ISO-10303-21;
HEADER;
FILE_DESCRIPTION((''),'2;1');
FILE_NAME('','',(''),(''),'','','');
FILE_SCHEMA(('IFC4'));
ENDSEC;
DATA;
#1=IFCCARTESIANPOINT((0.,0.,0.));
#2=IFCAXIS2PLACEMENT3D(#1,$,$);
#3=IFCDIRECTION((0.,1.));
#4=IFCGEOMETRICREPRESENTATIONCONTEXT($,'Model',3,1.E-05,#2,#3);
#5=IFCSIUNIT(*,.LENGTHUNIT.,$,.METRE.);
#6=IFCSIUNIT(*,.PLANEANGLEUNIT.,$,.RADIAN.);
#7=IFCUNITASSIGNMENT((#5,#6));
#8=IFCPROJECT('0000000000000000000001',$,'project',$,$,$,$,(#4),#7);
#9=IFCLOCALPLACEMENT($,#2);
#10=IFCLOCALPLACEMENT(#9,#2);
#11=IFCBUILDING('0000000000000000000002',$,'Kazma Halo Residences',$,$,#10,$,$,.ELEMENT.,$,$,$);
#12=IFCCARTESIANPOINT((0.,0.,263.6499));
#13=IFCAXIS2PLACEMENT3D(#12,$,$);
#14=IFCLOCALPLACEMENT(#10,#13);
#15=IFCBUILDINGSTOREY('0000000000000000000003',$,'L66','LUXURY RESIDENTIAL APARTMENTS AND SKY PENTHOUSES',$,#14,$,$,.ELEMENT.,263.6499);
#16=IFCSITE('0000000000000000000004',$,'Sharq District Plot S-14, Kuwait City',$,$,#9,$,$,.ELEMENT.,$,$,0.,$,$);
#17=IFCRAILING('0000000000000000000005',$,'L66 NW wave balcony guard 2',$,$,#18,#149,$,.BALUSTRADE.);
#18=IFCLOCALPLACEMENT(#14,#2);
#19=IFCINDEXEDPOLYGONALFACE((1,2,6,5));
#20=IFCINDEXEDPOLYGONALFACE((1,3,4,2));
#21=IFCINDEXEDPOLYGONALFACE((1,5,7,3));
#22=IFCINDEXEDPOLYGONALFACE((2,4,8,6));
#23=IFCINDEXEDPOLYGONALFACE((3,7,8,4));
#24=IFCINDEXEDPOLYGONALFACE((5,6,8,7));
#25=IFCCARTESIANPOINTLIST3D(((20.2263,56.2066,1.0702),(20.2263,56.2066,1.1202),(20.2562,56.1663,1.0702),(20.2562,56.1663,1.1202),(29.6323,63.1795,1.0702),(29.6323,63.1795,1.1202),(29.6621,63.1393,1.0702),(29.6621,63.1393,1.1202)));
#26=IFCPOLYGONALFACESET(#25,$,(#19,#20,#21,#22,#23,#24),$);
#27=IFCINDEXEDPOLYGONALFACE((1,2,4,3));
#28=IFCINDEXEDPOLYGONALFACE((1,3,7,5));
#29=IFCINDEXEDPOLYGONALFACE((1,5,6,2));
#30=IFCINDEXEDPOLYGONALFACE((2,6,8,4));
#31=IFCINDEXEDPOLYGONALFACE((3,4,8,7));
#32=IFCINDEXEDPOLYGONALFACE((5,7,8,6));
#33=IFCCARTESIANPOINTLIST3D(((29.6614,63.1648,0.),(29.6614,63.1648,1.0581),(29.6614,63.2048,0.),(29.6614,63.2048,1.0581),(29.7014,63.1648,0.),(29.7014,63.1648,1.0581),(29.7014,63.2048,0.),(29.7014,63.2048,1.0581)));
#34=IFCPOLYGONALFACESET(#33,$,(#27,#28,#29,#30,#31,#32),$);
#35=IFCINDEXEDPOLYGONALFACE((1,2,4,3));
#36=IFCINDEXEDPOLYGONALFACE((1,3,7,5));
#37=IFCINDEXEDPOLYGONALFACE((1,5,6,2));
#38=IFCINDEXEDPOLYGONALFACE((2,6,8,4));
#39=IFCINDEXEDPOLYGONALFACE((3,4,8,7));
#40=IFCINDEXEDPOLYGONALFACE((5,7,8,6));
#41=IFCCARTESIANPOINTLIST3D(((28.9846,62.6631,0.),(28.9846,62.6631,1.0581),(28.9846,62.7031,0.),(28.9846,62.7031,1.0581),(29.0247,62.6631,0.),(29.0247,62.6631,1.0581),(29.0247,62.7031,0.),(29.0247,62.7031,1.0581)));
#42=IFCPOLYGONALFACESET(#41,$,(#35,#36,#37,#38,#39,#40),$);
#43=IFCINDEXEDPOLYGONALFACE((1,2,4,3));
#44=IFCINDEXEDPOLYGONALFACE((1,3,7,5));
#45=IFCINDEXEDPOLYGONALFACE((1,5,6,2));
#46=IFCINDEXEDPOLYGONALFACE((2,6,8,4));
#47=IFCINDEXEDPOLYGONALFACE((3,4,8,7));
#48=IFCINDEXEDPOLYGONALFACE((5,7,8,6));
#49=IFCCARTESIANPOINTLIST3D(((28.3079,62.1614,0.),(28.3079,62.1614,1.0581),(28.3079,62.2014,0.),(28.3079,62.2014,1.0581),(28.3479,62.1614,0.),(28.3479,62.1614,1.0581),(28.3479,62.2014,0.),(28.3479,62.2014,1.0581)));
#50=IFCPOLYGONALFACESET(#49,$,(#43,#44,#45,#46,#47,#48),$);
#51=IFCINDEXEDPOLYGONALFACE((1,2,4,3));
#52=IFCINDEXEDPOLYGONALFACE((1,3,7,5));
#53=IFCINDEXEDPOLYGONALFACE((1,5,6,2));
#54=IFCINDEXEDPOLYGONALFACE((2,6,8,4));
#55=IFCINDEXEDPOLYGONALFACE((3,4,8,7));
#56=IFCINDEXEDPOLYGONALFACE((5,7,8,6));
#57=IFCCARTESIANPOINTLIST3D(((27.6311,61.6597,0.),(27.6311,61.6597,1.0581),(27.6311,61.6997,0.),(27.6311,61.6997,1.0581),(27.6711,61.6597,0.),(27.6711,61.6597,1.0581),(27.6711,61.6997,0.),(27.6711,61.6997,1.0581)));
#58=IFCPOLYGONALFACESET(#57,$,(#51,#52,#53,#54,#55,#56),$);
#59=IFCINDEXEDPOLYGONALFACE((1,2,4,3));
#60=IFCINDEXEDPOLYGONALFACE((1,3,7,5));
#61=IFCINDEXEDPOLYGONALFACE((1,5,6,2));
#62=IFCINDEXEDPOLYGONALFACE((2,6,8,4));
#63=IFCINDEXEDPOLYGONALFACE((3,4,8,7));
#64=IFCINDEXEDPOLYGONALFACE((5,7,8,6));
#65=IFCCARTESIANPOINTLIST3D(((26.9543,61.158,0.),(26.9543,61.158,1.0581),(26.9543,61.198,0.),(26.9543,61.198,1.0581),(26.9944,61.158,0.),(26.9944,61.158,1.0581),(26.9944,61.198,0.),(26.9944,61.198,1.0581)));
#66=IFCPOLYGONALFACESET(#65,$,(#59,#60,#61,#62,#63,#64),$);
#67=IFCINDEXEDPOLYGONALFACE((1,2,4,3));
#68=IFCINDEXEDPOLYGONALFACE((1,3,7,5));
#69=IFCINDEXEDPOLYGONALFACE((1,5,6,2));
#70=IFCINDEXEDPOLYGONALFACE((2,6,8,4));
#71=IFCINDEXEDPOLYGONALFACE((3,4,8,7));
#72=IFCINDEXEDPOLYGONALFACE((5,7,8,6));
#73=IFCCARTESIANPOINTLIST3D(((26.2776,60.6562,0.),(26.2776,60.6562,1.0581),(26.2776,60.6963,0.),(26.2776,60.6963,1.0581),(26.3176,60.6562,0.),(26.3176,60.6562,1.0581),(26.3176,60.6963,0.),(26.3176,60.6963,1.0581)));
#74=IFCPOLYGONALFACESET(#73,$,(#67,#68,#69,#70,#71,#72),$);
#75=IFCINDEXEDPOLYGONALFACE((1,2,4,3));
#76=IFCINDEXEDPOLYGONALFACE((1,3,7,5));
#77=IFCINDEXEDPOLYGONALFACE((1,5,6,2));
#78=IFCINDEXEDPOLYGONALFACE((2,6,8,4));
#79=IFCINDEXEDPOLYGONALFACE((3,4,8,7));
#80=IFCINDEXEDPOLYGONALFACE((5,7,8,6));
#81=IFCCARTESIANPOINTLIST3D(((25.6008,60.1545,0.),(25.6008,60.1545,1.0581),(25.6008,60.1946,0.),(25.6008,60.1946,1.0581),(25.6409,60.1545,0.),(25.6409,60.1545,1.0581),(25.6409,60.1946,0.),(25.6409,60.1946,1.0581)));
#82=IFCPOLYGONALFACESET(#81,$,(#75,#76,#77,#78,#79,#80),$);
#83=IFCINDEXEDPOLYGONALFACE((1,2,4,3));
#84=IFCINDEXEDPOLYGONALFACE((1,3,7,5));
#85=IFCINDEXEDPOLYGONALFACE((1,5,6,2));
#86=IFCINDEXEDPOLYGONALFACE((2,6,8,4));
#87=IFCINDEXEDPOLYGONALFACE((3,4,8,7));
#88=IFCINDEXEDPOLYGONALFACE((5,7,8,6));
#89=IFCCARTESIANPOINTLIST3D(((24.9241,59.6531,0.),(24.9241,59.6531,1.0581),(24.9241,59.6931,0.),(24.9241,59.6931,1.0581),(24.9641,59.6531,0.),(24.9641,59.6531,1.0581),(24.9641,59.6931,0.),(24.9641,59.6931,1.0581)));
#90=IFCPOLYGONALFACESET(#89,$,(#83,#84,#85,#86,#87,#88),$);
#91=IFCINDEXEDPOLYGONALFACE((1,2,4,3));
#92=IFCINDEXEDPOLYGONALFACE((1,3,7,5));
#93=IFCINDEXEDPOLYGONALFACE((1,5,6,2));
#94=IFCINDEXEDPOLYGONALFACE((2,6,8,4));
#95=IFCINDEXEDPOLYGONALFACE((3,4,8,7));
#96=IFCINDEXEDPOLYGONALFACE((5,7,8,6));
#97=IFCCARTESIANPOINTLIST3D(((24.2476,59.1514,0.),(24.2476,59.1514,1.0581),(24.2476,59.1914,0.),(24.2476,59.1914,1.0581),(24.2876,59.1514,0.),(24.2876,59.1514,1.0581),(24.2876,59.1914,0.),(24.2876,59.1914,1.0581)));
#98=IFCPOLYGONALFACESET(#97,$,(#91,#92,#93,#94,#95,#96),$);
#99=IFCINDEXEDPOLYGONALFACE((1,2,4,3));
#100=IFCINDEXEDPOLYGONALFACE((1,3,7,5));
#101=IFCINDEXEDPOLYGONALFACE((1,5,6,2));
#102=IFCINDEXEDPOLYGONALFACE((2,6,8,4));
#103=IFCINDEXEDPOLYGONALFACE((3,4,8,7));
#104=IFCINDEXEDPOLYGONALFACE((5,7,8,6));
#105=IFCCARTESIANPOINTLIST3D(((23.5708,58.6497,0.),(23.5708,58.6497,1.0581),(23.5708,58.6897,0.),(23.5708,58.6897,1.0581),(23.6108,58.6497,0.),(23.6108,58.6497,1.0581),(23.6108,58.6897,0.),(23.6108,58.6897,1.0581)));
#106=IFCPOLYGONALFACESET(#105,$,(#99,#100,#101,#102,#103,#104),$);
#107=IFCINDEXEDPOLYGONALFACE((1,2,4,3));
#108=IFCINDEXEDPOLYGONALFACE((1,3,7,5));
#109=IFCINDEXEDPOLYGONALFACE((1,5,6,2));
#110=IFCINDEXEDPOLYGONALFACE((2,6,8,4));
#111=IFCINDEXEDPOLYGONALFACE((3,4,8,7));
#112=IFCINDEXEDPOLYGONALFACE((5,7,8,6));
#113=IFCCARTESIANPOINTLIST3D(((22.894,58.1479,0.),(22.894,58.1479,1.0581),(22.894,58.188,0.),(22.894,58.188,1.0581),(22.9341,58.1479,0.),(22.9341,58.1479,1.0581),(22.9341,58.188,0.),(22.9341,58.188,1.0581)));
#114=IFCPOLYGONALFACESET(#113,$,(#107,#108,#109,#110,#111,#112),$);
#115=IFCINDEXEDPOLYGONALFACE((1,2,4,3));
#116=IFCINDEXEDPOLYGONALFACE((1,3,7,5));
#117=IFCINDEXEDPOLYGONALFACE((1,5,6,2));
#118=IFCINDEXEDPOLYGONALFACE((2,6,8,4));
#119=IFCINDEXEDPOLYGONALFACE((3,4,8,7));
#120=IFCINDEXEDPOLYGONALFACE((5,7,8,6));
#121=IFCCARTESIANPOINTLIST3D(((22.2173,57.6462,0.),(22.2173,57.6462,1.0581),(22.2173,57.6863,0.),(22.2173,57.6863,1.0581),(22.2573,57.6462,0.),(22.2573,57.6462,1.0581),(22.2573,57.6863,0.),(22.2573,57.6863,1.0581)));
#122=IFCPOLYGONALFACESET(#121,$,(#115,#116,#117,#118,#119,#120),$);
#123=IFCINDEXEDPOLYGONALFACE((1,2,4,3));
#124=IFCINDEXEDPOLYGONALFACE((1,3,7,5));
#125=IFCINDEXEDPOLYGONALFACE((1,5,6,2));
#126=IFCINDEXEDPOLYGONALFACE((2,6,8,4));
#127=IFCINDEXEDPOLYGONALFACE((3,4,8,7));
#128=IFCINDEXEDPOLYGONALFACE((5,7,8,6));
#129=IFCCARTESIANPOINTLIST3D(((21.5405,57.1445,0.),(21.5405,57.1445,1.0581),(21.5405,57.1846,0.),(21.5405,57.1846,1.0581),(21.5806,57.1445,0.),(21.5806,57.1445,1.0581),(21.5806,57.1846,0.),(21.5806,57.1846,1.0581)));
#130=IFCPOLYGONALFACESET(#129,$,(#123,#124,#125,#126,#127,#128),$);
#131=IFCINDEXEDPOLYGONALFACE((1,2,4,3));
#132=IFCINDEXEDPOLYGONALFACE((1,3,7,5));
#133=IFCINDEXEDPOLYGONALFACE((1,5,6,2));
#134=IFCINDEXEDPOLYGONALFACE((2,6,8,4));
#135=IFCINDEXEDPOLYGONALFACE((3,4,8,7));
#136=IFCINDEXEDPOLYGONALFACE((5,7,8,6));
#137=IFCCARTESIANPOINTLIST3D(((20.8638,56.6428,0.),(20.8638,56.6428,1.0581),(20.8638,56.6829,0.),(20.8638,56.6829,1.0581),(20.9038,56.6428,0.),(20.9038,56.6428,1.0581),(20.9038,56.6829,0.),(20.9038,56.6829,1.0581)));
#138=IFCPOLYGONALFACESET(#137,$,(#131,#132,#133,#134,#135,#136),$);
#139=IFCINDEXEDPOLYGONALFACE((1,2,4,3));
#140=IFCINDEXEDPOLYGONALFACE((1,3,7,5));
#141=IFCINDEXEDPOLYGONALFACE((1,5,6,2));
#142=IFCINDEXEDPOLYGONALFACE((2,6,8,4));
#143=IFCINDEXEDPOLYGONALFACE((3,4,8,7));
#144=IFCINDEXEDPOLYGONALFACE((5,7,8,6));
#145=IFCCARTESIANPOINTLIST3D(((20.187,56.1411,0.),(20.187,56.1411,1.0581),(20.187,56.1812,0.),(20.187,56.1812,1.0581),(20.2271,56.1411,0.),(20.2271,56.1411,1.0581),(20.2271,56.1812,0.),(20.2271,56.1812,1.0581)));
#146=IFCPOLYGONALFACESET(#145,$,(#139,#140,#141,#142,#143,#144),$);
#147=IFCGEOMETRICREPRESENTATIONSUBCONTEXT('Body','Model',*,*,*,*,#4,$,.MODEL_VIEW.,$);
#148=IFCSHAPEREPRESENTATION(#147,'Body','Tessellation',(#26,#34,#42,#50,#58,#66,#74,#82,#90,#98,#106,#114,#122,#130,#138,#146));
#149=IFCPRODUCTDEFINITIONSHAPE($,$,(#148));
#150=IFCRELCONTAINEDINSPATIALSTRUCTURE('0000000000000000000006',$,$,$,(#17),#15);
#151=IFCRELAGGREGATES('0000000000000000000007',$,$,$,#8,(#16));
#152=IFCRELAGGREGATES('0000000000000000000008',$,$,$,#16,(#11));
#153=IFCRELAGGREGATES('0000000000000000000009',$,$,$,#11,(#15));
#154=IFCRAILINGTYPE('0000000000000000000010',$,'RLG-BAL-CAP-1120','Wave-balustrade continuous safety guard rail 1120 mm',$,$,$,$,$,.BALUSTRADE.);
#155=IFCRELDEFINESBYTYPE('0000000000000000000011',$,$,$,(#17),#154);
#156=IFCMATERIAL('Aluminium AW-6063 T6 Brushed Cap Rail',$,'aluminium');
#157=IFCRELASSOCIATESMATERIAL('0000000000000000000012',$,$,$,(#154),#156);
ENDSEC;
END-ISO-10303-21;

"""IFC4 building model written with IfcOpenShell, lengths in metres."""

from ifc_helpers import new_model, si_unit, direction, frame, origin, origin_2d, place, context, subcontext, project, spatial, rectangle, extrude, material, type_object, element, save


model = new_model("IFC4")

# Units and contexts
model_context = context("Model", 3, precision=1e-05, world=origin(), true_north=direction((0.0, 1.0)))
body_context = subcontext(model_context, "Body", "Model", "MODEL_VIEW")
ifc_project = project(units=[si_unit("LENGTHUNIT", "METRE"), si_unit("PLANEANGLEUNIT", "RADIAN")], contexts=[model_context])

# Site, building, storey
site_placement = place(None, origin())
site = spatial("IfcSite", under=ifc_project, at=site_placement, Name="Sharq District Plot S-14, Kuwait City", CompositionType="ELEMENT", RefElevation=0.0)
building_placement = place(site_placement, origin())
building = spatial("IfcBuilding", under=site, at=building_placement, Name="Kazma Halo Residences", CompositionType="ELEMENT")
storey_placement = place(building_placement, frame((0.0, 0.0, 263.6499)))
storey = spatial("IfcBuildingStorey", under=building, at=storey_placement, Name="L66", Description="LUXURY RESIDENTIAL APARTMENTS AND SKY PENTHOUSES", CompositionType="ELEMENT", Elevation=263.6499)

# Railing
ifc_material_1 = material(Name="Aluminium AW-6063 T6 Brushed Cap Rail", Category="aluminium")
railing_type = type_object("IfcRailingType", Name="RLG-BAL-CAP-1120", Description="Wave-balustrade continuous safety guard rail 1120 mm", PredefinedType="BALUSTRADE", material=ifc_material_1)
railing_1_placement = place(storey_placement, frame((29.6814, 63.1848, 0.0)))
element("IfcRailing", 1, at=railing_1_placement, inside=storey, type_object=railing_type, Name="L66 NW wave balcony guard 2", PredefinedType="BALUSTRADE", context=body_context, shape_type="SweptSolid", body=[
    extrude(rectangle(XDim=0.05, YDim=0.05, at=origin_2d()), frame((-0.0342, -0.0254, 1.0952), z_axis=(-0.803329, -0.595536, 0.0), x_axis=(0.595536, -0.803329, 0.0)), (0.0, 0.0, 1.0), 11.7087),
    extrude(rectangle(XDim=0.04, YDim=0.04, at=origin_2d()), origin(), (0.0, 0.0, 1.0), 1.0581),
    extrude(rectangle(XDim=0.04, YDim=0.04, at=origin_2d()), frame((-0.6768, -0.5017, 0.0)), (0.0, 0.0, 1.0), 1.0581),
    extrude(rectangle(XDim=0.04, YDim=0.04, at=origin_2d()), frame((-1.3535, -1.0034, 0.0)), (0.0, 0.0, 1.0), 1.0581),
    extrude(rectangle(XDim=0.04, YDim=0.04, at=origin_2d()), frame((-2.0303, -1.5051, 0.0)), (0.0, 0.0, 1.0), 1.0581),
    extrude(rectangle(XDim=0.04, YDim=0.04, at=origin_2d()), frame((-2.707, -2.0068, 0.0)), (0.0, 0.0, 1.0), 1.0581),
    extrude(rectangle(XDim=0.04, YDim=0.04, at=origin_2d()), frame((-3.3838, -2.5085, 0.0)), (0.0, 0.0, 1.0), 1.0581),
    extrude(rectangle(XDim=0.04, YDim=0.04, at=origin_2d()), frame((-4.0605, -3.0103, 0.0)), (0.0, 0.0, 1.0), 1.0581),
    extrude(rectangle(XDim=0.04, YDim=0.04, at=origin_2d()), frame((-4.7373, -3.5117, 0.0)), (0.0, 0.0, 1.0), 1.0581),
    extrude(rectangle(XDim=0.04, YDim=0.04, at=origin_2d()), frame((-5.4138, -4.0134, 0.0)), (0.0, 0.0, 1.0), 1.0581),
    extrude(rectangle(XDim=0.04, YDim=0.04, at=origin_2d()), frame((-6.0906, -4.5151, 0.0)), (0.0, 0.0, 1.0), 1.0581),
    extrude(rectangle(XDim=0.04, YDim=0.04, at=origin_2d()), frame((-6.7673, -5.0168, 0.0)), (0.0, 0.0, 1.0), 1.0581),
    extrude(rectangle(XDim=0.04, YDim=0.04, at=origin_2d()), frame((-7.4441, -5.5186, 0.0)), (0.0, 0.0, 1.0), 1.0581),
    extrude(rectangle(XDim=0.04, YDim=0.04, at=origin_2d()), frame((-8.1208, -6.0203, 0.0)), (0.0, 0.0, 1.0), 1.0581),
    extrude(rectangle(XDim=0.04, YDim=0.04, at=origin_2d()), frame((-8.7976, -6.522, 0.0)), (0.0, 0.0, 1.0), 1.0581),
    extrude(rectangle(XDim=0.04, YDim=0.04, at=origin_2d()), frame((-9.4744, -7.0237, 0.0)), (0.0, 0.0, 1.0), 1.0581),
])

save(model, "model.ifc")
